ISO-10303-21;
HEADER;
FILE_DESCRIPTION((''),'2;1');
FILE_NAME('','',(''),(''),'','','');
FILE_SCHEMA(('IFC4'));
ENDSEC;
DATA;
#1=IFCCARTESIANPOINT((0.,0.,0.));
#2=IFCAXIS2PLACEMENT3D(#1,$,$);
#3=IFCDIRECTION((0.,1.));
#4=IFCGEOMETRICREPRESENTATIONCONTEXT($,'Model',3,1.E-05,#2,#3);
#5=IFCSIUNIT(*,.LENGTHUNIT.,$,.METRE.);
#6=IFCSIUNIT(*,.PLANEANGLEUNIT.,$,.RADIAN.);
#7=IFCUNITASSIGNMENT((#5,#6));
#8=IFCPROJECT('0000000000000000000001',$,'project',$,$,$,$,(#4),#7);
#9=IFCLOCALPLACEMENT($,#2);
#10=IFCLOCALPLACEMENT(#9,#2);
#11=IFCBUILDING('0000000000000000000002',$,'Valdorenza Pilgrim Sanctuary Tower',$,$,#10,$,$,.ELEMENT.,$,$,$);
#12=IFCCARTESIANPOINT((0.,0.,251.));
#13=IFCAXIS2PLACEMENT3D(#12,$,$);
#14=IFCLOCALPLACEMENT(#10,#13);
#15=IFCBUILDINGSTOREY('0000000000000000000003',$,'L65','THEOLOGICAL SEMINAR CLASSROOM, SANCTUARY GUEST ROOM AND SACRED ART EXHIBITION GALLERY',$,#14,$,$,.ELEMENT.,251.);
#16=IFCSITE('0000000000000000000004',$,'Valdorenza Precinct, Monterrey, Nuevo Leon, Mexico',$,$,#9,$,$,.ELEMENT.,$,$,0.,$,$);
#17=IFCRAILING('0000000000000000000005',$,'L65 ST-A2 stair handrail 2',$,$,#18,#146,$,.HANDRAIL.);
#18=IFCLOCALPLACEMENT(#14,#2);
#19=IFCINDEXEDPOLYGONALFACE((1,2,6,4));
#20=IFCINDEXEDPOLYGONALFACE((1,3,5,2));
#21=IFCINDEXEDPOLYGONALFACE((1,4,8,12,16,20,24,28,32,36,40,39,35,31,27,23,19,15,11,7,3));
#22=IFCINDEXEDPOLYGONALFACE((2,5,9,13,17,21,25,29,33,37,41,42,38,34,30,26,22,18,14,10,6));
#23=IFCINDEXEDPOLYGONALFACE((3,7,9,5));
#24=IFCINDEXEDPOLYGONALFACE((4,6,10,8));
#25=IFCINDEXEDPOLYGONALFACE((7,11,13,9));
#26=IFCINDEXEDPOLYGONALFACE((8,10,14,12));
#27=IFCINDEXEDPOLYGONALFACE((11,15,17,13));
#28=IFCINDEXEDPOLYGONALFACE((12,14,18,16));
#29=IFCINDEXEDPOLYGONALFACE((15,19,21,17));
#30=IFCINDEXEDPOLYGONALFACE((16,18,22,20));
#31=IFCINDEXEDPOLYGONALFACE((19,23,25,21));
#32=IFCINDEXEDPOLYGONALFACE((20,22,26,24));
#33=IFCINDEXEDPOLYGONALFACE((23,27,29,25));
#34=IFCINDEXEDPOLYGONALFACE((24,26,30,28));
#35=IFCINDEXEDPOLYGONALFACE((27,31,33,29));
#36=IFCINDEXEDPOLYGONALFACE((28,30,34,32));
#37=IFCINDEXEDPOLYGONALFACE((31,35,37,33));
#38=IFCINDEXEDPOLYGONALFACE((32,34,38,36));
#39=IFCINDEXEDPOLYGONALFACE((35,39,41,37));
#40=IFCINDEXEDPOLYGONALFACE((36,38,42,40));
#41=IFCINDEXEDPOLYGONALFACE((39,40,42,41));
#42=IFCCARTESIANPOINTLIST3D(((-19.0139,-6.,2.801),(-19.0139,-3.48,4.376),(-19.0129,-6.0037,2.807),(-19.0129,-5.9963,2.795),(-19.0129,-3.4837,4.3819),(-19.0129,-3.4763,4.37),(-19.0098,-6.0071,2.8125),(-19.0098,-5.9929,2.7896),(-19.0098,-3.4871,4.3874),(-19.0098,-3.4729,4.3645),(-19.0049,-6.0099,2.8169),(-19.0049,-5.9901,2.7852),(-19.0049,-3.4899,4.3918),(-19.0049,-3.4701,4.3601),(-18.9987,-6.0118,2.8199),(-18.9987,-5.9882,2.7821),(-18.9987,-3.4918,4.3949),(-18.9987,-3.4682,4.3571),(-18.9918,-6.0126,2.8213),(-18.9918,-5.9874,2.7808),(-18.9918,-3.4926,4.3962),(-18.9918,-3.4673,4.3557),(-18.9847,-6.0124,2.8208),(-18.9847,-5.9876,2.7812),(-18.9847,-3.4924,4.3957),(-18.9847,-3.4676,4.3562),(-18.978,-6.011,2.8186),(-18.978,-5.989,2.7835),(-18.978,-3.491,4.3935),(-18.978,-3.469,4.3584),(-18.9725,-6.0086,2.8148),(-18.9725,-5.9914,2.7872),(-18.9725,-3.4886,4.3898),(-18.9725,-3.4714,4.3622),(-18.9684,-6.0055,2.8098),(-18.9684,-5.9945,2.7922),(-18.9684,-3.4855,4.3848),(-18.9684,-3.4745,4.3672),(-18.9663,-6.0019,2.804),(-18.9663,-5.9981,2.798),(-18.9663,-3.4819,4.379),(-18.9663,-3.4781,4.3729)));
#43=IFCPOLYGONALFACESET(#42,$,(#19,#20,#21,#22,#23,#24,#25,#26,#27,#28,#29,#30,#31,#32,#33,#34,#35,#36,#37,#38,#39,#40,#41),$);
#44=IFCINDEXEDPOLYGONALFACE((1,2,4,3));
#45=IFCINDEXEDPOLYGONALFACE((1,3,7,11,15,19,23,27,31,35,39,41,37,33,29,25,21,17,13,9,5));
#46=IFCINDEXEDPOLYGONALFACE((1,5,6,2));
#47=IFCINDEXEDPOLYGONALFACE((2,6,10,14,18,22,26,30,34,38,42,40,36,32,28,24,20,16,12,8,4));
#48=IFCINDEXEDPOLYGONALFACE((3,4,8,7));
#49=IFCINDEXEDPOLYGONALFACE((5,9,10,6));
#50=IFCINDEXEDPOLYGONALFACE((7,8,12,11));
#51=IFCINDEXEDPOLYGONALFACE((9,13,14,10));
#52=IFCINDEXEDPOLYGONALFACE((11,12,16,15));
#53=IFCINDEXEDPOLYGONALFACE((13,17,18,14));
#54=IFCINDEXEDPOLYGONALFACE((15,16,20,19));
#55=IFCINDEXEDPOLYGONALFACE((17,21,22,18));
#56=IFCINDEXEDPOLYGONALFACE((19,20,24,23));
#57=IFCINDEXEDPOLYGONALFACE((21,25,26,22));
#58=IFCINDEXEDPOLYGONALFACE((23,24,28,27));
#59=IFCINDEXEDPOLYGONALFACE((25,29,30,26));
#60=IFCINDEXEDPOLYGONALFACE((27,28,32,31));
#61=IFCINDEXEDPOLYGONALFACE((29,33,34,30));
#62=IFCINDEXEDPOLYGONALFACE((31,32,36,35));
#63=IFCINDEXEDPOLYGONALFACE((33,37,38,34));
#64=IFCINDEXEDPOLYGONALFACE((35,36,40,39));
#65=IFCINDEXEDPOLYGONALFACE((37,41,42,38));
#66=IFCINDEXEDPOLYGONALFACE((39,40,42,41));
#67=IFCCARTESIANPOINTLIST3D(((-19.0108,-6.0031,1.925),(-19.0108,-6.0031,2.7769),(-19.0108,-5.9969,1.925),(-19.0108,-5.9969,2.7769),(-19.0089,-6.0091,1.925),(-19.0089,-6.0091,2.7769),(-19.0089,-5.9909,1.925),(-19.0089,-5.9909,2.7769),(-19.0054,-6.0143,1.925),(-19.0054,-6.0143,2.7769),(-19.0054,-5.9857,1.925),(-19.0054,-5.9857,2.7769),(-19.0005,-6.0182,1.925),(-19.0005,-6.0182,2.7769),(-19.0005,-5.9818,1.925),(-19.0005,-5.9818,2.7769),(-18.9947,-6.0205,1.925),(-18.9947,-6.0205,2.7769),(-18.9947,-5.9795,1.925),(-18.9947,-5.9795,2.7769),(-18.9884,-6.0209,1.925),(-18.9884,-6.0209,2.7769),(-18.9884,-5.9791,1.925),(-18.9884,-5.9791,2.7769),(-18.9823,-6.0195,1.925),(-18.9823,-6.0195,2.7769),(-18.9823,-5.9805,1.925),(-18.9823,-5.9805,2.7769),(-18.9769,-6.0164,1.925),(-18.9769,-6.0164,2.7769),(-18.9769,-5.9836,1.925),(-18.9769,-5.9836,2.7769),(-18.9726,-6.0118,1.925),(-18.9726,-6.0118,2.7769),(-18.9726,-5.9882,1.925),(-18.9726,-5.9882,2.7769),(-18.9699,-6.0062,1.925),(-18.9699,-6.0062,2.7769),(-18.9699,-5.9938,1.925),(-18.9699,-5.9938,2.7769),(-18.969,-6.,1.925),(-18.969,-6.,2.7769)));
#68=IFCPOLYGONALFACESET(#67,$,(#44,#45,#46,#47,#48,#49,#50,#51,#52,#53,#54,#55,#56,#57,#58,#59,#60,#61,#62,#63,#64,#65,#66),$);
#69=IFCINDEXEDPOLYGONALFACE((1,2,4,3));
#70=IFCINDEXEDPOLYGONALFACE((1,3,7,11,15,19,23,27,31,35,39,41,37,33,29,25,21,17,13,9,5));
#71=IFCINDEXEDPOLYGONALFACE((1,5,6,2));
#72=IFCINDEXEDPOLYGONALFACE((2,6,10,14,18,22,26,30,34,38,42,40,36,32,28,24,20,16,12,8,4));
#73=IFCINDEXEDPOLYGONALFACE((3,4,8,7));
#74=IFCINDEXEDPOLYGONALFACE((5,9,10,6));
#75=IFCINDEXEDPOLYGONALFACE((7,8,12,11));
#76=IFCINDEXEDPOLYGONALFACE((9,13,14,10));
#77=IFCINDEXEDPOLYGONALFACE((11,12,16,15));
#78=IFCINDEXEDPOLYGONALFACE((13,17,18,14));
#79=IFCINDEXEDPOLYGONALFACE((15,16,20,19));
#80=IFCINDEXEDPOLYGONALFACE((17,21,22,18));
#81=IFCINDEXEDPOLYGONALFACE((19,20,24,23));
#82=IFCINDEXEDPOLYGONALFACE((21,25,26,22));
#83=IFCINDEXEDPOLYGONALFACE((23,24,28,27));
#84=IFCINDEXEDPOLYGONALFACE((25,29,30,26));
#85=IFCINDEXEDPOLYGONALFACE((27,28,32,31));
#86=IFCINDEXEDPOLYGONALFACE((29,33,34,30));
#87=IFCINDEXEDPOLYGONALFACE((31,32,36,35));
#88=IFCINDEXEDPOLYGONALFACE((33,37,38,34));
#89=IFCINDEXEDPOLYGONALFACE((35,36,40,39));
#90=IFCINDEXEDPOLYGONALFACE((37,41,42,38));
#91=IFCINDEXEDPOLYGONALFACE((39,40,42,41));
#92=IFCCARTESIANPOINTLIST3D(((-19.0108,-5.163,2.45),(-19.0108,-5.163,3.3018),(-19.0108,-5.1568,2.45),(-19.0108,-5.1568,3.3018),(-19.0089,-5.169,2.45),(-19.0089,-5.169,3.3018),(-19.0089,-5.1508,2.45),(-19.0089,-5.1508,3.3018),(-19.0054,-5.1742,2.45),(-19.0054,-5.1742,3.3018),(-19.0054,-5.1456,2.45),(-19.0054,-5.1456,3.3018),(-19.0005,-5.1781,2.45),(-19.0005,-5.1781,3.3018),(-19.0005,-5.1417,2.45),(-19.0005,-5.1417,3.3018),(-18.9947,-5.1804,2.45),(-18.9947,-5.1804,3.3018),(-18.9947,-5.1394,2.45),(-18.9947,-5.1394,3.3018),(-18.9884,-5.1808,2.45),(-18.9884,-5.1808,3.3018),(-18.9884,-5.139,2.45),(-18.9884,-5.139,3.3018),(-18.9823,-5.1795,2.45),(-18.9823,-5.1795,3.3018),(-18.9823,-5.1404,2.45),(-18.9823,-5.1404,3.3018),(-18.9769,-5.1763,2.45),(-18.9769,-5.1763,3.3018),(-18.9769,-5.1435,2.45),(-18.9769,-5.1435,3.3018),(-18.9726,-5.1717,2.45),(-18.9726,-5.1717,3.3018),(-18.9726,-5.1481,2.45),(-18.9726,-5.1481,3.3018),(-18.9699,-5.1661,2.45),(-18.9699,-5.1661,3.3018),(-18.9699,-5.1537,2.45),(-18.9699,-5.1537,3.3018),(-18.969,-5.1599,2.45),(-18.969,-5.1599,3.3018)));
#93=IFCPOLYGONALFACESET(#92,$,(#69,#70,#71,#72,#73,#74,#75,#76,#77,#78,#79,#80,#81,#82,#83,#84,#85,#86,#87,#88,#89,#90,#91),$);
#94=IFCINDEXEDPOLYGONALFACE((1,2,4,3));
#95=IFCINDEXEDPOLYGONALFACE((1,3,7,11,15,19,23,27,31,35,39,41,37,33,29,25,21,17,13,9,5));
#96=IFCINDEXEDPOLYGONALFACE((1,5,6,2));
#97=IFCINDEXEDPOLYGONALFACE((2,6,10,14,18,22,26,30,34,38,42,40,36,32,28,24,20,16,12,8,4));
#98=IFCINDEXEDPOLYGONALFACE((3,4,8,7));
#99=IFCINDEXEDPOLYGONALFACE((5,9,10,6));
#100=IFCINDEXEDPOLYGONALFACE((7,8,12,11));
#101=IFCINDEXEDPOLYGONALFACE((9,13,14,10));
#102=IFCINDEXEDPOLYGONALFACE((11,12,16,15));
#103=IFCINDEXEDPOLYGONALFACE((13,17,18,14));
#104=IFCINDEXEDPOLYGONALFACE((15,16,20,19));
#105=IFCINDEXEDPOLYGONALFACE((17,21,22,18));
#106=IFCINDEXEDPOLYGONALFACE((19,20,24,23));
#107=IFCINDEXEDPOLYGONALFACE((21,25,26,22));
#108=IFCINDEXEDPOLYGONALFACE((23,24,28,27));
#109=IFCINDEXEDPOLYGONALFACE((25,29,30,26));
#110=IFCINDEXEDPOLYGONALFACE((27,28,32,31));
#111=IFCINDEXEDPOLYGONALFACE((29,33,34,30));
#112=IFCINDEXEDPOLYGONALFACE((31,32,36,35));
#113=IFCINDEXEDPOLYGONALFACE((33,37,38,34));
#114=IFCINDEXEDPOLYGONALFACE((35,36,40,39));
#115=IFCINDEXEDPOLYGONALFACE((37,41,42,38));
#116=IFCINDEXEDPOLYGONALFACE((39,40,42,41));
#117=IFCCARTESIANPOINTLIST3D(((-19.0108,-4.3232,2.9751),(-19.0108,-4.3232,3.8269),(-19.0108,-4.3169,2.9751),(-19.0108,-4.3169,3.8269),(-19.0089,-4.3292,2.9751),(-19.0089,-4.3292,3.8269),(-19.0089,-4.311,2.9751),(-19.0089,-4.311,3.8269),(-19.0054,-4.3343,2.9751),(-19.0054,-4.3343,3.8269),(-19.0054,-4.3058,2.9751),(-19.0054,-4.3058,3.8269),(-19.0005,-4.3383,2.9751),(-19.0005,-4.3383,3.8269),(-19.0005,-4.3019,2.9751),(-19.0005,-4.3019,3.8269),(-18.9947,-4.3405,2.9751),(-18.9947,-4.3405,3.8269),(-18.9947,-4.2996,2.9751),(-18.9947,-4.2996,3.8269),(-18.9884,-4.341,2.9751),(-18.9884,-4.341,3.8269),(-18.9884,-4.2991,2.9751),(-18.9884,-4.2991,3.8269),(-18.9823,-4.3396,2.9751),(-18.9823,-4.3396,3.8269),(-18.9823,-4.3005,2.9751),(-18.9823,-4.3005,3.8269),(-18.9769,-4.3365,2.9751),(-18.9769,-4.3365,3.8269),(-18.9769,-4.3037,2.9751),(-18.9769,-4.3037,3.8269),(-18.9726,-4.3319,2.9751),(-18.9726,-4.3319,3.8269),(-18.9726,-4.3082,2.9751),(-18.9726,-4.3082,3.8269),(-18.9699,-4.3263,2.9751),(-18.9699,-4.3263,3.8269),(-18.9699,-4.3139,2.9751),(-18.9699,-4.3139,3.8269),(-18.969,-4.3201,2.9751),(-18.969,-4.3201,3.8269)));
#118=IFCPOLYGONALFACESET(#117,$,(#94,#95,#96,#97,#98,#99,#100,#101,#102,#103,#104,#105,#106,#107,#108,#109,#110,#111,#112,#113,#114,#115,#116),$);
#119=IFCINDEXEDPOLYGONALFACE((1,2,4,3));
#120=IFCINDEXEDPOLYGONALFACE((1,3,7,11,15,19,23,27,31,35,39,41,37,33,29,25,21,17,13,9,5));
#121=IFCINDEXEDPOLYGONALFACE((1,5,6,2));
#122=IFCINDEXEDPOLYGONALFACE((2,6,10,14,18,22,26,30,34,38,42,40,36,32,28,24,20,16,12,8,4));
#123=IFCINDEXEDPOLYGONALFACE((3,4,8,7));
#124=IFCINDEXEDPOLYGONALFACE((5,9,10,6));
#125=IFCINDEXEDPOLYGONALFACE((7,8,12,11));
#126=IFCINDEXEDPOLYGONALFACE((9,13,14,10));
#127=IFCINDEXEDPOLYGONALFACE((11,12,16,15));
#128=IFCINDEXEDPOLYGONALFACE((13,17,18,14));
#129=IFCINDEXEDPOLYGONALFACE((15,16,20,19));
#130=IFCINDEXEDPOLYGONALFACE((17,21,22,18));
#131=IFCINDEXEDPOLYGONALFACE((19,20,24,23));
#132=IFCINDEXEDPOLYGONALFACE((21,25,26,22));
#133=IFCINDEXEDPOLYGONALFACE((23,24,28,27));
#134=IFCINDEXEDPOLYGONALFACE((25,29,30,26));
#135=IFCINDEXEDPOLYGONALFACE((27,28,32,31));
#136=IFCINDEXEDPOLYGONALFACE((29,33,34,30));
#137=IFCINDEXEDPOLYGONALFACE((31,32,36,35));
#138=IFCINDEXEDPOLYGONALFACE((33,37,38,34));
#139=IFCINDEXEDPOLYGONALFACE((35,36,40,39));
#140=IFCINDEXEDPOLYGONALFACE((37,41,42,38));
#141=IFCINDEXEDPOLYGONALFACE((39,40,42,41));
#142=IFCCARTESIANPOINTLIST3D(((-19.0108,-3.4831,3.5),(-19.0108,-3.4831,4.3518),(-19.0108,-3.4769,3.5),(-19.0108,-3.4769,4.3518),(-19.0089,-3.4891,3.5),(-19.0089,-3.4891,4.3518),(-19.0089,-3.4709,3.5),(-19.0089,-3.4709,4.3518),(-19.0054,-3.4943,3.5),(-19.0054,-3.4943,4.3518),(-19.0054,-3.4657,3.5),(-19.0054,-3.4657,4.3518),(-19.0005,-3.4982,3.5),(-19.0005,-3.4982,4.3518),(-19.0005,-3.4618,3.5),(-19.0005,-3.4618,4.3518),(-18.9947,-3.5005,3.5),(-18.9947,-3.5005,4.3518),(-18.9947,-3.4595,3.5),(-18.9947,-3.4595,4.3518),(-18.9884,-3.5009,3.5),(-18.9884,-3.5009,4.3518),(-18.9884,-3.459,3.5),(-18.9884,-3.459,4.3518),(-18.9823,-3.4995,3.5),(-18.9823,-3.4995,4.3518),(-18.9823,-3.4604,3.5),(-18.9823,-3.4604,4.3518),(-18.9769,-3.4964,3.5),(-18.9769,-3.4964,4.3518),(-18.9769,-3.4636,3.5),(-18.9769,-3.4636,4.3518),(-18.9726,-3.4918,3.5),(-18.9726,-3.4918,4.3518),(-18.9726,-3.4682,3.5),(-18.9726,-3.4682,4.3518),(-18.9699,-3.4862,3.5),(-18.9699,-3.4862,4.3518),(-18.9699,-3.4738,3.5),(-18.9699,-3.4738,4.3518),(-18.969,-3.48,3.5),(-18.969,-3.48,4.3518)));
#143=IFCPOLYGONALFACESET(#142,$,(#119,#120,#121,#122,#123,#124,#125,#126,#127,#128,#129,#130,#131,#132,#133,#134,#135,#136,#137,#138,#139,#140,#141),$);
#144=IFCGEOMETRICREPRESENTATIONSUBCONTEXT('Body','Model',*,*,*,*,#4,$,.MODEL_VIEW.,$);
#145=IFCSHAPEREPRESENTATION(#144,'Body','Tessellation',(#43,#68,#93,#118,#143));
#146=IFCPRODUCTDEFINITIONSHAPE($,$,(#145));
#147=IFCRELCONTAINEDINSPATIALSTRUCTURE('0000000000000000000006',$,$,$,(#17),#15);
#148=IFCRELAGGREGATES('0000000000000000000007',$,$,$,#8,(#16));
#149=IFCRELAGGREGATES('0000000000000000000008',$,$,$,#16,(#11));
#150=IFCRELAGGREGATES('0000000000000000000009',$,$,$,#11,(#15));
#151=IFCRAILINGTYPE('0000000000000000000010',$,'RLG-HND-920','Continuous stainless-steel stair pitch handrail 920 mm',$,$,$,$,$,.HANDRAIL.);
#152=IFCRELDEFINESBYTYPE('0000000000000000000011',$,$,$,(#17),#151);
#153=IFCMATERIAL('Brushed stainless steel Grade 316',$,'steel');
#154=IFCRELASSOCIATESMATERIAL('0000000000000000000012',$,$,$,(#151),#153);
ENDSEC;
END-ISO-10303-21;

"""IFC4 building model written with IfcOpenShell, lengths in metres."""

from ifc_helpers import new_model, si_unit, direction, frame, origin, origin_2d, place, context, subcontext, project, spatial, circle, extrude, material, type_object, element, save


model = new_model("IFC4")

# Units and contexts
model_context = context("Model", 3, precision=1e-05, world=origin(), true_north=direction((0.0, 1.0)))
body_context = subcontext(model_context, "Body", "Model", "MODEL_VIEW")
ifc_project = project(units=[si_unit("LENGTHUNIT", "METRE"), si_unit("PLANEANGLEUNIT", "RADIAN")], contexts=[model_context])

# Site, building, storey
site_placement = place(None, origin())
site = spatial("IfcSite", under=ifc_project, at=site_placement, Name="Valdorenza Precinct, Monterrey, Nuevo Leon, Mexico", CompositionType="ELEMENT", RefElevation=0.0)
building_placement = place(site_placement, origin())
building = spatial("IfcBuilding", under=site, at=building_placement, Name="Valdorenza Pilgrim Sanctuary Tower", CompositionType="ELEMENT")
storey_placement = place(building_placement, frame((0.0, 0.0, 251.0)))
storey = spatial("IfcBuildingStorey", under=building, at=storey_placement, Name="L65", Description="THEOLOGICAL SEMINAR CLASSROOM, SANCTUARY GUEST ROOM AND SACRED ART EXHIBITION GALLERY", CompositionType="ELEMENT", Elevation=251.0)

# Shared definitions
ifc_material_1 = material(Name="Brushed stainless steel Grade 316", Category="steel")

# Railing
railing_type_1 = type_object("IfcRailingType", Name="RLG-HND-920", Description="Continuous stainless-steel stair pitch handrail 920 mm", PredefinedType="HANDRAIL", material=ifc_material_1)
railing_1_placement = place(storey_placement, frame((-18.99, -6.0, 1.925)))
element("IfcRailing", 1, at=railing_1_placement, inside=storey, type_object=railing_type_1, Name="L65 ST-A2 stair handrail 2", PredefinedType="HANDRAIL", context=body_context, shape_type="SweptSolid", body=[
    extrude(circle(Radius=0.0239, at=origin_2d()), frame((0.0, 0.0, 0.876), z_axis=(0.0, 0.848008, 0.529984), x_axis=(-1.0, 0.0, 0.0)), (0.0, 0.0, 1.0), 2.9717),
    extrude(circle(Radius=0.021, at=origin_2d()), origin(), (0.0, 0.0, 1.0), 0.8518),
    extrude(circle(Radius=0.021, at=origin_2d()), frame((0.0, 0.8401, 0.5249)), (0.0, 0.0, 1.0), 0.8518),
    extrude(circle(Radius=0.021, at=origin_2d()), frame((0.0, 1.6799, 1.05)), (0.0, 0.0, 1.0), 0.8518),
    extrude(circle(Radius=0.021, at=origin_2d()), frame((0.0, 2.52, 1.575)), (0.0, 0.0, 1.0), 0.8518),
])

save(model, "model.ifc")
